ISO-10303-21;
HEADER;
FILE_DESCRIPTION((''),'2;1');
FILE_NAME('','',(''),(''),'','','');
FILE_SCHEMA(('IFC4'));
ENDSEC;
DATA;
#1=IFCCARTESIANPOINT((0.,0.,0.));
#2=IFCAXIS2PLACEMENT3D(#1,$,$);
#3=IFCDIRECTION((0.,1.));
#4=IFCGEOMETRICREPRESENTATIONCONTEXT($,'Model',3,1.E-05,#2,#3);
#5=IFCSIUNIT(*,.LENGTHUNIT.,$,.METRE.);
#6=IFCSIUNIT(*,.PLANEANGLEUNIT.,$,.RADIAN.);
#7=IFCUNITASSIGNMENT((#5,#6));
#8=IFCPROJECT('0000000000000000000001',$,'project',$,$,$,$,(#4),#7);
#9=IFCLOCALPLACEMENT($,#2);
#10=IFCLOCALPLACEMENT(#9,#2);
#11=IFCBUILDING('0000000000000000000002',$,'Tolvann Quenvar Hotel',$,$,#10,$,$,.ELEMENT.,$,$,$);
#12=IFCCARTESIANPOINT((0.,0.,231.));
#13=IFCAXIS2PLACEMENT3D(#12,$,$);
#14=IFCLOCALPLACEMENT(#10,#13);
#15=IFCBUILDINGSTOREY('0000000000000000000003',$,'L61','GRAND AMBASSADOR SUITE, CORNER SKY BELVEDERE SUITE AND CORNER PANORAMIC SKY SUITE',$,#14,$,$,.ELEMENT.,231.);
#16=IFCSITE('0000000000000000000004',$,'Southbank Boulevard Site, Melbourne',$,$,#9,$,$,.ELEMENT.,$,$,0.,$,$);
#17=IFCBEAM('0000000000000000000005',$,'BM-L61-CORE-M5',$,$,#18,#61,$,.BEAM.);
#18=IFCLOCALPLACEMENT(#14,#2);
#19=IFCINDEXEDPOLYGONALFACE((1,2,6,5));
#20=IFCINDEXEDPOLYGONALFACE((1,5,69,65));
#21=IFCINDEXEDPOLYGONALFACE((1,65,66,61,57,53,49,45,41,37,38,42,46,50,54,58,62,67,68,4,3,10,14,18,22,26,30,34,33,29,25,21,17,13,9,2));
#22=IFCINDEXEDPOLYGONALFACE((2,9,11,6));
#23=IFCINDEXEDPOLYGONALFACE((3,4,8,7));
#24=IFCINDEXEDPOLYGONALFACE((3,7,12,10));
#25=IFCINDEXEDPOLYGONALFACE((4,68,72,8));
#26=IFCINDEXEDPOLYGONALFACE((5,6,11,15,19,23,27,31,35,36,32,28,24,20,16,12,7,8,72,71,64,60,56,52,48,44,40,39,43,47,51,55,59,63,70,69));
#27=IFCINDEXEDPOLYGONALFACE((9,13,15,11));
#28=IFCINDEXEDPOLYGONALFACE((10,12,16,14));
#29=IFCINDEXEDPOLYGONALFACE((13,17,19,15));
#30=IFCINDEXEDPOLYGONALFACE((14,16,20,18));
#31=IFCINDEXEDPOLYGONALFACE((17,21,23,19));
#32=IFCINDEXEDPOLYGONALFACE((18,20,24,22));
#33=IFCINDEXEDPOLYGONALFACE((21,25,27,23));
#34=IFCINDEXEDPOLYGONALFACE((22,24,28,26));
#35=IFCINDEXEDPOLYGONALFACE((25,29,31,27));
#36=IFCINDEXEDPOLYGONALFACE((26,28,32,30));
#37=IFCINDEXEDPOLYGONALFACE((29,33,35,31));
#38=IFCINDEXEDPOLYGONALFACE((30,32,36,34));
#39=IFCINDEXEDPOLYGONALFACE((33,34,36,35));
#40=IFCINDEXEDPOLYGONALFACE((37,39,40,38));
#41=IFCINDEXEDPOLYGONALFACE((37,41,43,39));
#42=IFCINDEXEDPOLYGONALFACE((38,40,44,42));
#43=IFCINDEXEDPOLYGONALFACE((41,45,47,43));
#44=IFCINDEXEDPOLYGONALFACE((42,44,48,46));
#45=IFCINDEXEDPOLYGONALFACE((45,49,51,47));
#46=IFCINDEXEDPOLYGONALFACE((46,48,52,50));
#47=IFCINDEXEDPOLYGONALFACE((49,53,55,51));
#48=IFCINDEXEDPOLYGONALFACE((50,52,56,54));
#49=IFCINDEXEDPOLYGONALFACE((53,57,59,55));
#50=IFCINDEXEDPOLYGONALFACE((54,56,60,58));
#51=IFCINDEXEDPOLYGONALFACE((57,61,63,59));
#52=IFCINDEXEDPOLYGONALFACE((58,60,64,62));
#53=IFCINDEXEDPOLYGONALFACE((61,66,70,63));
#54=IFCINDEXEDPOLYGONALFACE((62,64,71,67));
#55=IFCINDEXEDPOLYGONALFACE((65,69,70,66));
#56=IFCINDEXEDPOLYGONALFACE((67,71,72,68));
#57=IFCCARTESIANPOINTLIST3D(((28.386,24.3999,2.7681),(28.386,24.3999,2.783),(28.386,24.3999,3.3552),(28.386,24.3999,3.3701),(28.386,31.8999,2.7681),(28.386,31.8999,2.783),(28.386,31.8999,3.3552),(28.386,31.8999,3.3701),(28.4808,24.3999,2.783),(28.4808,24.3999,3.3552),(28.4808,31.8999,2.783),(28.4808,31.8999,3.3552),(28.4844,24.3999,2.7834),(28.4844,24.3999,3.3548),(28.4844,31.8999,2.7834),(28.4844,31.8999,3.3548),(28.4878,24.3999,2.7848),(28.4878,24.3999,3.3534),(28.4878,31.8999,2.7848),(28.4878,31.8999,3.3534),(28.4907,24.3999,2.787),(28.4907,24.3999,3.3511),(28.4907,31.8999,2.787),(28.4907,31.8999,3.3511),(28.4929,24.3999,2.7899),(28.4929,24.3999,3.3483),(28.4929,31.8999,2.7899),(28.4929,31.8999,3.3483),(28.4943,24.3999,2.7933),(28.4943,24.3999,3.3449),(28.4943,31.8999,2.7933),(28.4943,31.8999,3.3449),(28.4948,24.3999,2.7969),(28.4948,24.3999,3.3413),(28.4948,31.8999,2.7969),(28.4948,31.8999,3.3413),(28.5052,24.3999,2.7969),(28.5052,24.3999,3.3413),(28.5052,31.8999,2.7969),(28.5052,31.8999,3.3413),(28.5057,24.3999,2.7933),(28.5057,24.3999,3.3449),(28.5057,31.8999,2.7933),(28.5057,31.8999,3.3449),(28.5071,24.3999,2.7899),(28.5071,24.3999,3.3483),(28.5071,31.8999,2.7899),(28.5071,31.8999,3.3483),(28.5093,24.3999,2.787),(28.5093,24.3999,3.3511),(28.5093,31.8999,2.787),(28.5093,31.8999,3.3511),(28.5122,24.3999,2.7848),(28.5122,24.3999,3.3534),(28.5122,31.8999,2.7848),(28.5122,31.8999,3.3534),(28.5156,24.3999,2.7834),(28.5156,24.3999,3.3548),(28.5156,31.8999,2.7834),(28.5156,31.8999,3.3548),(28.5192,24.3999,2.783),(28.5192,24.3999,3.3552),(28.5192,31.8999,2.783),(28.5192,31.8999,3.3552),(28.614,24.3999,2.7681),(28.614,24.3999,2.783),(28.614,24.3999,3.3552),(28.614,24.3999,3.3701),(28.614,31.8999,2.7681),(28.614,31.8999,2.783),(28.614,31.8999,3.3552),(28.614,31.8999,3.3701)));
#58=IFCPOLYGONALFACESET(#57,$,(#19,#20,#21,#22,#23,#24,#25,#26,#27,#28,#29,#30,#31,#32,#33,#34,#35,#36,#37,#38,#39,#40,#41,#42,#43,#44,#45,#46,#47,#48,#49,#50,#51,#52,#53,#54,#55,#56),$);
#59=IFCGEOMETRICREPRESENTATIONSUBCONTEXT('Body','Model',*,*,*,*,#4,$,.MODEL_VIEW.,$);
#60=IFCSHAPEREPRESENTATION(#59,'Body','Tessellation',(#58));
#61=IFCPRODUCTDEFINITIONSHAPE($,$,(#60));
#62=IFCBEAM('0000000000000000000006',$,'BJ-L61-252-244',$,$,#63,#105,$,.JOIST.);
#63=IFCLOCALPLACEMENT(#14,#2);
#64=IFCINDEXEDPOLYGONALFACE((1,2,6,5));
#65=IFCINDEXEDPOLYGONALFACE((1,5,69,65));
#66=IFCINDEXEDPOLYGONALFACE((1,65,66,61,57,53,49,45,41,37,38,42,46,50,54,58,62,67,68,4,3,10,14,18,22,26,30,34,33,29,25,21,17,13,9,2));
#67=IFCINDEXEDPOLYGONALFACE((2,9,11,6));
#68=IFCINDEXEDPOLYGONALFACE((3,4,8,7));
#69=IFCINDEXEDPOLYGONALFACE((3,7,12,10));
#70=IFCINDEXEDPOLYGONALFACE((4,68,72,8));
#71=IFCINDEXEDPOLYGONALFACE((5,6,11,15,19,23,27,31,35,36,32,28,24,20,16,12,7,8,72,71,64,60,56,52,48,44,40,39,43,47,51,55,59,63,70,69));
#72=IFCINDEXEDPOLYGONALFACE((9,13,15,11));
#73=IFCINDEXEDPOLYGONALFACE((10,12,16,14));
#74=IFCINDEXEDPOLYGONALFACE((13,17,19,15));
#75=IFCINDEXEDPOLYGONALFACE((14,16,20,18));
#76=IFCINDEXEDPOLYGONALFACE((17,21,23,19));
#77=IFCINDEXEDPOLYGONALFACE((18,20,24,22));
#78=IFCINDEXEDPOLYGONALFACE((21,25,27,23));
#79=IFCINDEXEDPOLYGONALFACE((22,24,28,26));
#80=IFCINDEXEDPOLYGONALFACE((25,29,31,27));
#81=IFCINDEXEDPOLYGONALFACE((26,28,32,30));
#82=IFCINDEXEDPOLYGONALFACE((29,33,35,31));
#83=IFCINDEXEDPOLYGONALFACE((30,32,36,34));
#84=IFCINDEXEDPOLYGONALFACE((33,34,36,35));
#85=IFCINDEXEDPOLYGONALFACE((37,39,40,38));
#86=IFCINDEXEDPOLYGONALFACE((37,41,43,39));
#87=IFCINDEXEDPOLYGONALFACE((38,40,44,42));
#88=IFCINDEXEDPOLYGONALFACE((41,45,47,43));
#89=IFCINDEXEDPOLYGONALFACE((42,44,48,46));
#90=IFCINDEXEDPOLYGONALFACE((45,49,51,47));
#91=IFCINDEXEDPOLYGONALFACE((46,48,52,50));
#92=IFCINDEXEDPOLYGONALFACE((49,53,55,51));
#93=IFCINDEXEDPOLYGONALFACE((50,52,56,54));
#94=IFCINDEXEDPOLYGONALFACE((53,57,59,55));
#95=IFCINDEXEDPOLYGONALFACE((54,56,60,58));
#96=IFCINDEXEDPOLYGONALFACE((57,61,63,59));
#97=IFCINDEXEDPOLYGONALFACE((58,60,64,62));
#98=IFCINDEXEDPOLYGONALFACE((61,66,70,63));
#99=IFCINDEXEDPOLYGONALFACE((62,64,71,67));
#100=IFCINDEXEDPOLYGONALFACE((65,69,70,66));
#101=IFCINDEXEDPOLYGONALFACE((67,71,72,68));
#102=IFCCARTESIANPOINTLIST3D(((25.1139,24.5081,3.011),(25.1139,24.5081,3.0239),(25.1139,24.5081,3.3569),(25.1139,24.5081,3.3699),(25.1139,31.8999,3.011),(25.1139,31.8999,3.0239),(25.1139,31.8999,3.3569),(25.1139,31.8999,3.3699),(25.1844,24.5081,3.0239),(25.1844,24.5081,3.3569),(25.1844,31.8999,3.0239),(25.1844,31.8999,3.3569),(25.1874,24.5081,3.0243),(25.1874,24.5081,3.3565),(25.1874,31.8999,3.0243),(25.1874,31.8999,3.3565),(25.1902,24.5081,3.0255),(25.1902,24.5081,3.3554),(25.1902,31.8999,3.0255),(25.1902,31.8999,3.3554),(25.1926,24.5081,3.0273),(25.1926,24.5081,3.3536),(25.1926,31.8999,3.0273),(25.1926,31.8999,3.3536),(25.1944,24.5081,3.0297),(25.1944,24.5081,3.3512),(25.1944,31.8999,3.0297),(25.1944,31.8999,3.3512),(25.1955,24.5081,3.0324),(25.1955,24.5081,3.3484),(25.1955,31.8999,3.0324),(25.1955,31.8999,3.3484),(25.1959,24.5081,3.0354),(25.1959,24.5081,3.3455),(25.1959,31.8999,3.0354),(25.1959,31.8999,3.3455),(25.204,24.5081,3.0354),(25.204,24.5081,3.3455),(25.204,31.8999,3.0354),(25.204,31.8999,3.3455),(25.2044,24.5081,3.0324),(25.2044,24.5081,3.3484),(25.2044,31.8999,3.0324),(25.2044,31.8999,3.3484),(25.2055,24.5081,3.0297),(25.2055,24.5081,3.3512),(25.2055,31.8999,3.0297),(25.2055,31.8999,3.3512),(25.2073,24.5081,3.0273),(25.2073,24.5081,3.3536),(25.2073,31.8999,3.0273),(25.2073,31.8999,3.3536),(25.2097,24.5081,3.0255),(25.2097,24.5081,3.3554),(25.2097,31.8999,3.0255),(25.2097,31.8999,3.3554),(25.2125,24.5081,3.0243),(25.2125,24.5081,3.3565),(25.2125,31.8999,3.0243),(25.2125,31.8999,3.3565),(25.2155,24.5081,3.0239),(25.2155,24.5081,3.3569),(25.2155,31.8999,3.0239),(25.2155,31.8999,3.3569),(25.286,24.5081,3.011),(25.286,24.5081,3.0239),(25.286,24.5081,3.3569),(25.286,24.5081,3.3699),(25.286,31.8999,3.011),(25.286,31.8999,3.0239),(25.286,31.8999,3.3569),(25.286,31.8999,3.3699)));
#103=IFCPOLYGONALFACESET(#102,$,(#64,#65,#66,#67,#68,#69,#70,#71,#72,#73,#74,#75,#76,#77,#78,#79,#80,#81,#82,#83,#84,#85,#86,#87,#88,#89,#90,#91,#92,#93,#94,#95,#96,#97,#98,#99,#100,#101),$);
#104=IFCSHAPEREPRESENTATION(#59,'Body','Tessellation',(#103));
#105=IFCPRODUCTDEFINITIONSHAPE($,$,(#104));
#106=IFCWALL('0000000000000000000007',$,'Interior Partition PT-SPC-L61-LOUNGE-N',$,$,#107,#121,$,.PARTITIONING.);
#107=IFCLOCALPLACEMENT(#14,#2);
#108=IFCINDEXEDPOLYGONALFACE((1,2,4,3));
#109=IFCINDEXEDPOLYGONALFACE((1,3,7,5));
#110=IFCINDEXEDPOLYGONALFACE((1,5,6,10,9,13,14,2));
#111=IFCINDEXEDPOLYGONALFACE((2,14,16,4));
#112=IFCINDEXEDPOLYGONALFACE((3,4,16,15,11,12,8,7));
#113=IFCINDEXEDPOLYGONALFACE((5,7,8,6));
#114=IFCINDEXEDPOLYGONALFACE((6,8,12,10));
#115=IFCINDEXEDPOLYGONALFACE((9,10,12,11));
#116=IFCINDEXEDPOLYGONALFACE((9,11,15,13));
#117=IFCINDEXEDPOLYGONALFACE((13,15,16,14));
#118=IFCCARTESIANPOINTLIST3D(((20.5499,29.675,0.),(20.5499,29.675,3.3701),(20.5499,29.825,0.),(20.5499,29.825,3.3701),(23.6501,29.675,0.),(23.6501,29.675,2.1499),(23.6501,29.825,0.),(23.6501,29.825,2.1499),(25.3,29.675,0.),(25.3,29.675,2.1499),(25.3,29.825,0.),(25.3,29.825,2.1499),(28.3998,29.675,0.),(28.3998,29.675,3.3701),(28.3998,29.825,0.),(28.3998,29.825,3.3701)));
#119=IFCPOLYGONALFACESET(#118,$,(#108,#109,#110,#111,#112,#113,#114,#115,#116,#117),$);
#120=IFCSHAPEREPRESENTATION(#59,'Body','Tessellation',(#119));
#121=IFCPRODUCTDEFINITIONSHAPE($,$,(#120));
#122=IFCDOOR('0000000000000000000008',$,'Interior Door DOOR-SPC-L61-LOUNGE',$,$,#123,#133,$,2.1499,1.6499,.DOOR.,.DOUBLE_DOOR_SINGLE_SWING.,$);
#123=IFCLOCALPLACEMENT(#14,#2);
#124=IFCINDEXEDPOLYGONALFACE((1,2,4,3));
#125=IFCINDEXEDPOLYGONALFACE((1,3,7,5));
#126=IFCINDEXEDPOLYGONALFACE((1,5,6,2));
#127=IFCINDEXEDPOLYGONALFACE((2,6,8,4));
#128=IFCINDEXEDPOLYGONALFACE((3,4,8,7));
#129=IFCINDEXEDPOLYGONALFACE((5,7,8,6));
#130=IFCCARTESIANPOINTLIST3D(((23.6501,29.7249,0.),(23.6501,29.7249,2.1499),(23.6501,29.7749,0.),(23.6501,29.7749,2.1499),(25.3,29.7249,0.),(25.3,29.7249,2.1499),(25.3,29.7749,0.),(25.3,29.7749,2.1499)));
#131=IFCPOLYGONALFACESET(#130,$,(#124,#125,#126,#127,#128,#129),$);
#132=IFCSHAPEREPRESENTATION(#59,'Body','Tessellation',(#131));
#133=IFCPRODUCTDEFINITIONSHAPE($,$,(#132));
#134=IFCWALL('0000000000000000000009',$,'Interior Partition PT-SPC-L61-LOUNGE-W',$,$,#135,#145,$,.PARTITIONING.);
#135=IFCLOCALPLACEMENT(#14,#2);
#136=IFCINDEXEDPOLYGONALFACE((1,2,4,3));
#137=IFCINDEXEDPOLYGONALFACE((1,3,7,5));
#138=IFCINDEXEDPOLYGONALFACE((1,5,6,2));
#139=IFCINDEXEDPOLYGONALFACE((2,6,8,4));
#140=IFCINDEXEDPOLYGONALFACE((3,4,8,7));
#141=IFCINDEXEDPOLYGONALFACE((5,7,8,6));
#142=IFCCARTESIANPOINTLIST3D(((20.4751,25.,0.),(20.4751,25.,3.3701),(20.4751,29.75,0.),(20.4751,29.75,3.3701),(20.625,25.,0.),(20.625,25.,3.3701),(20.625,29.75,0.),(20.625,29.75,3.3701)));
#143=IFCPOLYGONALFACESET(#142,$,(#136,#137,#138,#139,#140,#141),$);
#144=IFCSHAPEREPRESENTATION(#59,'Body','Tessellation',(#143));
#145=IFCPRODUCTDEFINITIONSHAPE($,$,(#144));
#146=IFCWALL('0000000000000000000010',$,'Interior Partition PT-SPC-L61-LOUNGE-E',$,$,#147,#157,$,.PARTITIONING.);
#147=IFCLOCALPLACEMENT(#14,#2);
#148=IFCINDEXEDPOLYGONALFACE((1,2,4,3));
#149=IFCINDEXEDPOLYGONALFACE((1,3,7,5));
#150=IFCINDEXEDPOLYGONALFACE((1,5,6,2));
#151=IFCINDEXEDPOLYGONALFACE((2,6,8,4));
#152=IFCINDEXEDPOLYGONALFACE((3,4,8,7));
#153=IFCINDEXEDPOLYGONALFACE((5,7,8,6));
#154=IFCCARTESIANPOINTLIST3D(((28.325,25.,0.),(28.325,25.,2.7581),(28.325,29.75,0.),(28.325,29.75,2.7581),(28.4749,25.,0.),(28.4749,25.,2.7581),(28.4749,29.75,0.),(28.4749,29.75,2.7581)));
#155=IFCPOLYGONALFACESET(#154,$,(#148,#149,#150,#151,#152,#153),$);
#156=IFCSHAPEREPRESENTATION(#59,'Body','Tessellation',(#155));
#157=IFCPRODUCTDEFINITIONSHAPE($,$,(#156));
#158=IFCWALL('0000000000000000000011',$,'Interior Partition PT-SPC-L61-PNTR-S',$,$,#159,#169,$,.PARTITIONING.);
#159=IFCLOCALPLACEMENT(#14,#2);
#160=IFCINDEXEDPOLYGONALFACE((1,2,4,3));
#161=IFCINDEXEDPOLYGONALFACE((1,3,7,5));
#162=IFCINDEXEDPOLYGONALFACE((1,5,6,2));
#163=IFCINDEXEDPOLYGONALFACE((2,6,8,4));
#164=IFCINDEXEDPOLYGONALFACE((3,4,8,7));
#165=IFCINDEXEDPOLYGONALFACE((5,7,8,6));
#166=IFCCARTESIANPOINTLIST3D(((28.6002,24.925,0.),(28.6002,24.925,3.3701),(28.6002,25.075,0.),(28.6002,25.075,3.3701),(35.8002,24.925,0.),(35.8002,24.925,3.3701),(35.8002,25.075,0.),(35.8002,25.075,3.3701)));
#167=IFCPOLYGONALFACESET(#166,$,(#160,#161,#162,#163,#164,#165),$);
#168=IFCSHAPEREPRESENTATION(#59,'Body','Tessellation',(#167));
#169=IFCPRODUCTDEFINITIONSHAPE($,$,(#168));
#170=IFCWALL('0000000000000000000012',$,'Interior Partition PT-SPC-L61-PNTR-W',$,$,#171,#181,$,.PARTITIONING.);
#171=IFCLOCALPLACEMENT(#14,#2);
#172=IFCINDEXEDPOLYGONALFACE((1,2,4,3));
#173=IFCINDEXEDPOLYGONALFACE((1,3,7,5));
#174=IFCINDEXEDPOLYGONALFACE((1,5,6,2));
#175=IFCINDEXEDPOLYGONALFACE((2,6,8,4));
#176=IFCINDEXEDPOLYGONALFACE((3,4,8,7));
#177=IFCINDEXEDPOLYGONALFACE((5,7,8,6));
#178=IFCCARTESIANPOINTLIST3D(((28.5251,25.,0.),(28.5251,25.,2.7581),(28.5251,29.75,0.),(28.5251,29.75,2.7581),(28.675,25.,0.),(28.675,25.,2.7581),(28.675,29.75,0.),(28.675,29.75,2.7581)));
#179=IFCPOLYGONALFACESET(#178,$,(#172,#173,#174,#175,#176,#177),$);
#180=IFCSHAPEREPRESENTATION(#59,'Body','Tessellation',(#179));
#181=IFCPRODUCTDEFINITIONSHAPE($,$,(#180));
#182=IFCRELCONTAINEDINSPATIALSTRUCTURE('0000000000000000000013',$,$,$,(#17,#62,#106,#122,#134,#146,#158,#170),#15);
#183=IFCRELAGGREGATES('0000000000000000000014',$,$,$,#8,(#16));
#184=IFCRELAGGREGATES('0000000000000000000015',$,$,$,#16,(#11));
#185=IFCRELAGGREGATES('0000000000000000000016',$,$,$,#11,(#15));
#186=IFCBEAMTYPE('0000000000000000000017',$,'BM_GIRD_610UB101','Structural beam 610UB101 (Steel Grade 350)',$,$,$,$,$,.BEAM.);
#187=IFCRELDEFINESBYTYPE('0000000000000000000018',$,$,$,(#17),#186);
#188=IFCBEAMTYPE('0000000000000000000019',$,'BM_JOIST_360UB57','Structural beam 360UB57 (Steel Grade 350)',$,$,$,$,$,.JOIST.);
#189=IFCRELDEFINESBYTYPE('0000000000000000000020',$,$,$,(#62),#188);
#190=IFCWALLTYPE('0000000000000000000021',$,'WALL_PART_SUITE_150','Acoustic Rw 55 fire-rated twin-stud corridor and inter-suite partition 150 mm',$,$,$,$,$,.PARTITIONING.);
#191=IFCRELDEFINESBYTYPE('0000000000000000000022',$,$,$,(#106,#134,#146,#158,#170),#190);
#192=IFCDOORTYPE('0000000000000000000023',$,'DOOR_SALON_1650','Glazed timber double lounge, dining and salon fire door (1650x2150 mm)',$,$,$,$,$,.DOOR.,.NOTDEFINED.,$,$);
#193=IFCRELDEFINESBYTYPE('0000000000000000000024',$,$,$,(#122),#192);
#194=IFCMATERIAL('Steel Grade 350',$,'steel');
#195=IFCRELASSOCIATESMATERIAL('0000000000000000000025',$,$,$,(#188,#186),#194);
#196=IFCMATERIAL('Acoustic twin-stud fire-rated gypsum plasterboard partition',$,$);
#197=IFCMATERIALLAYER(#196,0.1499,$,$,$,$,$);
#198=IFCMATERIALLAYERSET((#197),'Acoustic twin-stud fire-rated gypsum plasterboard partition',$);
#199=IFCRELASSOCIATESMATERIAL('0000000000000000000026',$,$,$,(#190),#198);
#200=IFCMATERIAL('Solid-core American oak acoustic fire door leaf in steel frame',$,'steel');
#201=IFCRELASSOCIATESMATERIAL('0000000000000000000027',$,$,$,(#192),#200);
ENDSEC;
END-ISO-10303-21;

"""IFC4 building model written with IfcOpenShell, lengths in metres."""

from ifc_helpers import new_model, si_unit, direction, frame, frame_2d, origin, origin_2d, place, context, subcontext, project, spatial, rectangle, i_section, extrude, source, transform, mapped, material, layer, layer_set, material_profile, profile_set, type_object, type_shapes, element, fill, save


model = new_model("IFC4")

# Units and contexts
model_context = context("Model", 3, precision=1e-05, world=origin(), true_north=direction((0.0, 1.0)))
body_context = subcontext(model_context, "Body", "Model", "MODEL_VIEW")
ifc_project = project(units=[si_unit("LENGTHUNIT", "METRE"), si_unit("PLANEANGLEUNIT", "RADIAN")], contexts=[model_context])

# Site, building, storey
site_placement = place(None, origin())
site = spatial("IfcSite", under=ifc_project, at=site_placement, Name="Southbank Boulevard Site, Melbourne", CompositionType="ELEMENT", RefElevation=0.0)
building_placement = place(site_placement, origin())
building = spatial("IfcBuilding", under=site, at=building_placement, Name="Tolvann Quenvar Hotel", CompositionType="ELEMENT")
storey_placement = place(building_placement, frame((0.0, 0.0, 231.0)))
storey = spatial("IfcBuildingStorey", under=building, at=storey_placement, Name="L61", Description="GRAND AMBASSADOR SUITE, CORNER SKY BELVEDERE SUITE AND CORNER PANORAMIC SKY SUITE", CompositionType="ELEMENT", Elevation=231.0)

# Beams
ifc_material_1 = material(Name="Steel Grade 350", Category="steel")
ifc_material_profile_1 = material_profile(ifc_material_1, i_section(OverallWidth=0.1721, OverallDepth=0.3589, WebThickness=0.0081, FlangeThickness=0.0129, FilletRadius=0.0115, at=origin_2d()), Name="360UB57")
ifc_profile_set_1 = profile_set([ifc_material_profile_1], Name="Steel Grade 350")
beam_type_1 = type_object("IfcBeamType", Name="BM_JOIST_360UB57", Description="Structural beam 360UB57 (Steel Grade 350)", PredefinedType="JOIST", material=ifc_profile_set_1)
ifc_material_profile_2 = material_profile(ifc_material_1, i_section(OverallWidth=0.228, OverallDepth=0.6021, WebThickness=0.0105, FlangeThickness=0.0149, FilletRadius=0.0139, at=origin_2d()), Name="610UB101")
ifc_profile_set_2 = profile_set([ifc_material_profile_2], Name="Steel Grade 350")
beam_type_2 = type_object("IfcBeamType", Name="BM_GIRD_610UB101", Description="Structural beam 610UB101 (Steel Grade 350)", PredefinedType="BEAM", material=ifc_profile_set_2)
shared_shape_1 = source(origin(), body_context, "Body", "SweptSolid", [
    extrude(i_section(OverallWidth=0.228, OverallDepth=0.6021, WebThickness=0.0105, FlangeThickness=0.0149, FilletRadius=0.0139, at=origin_2d()), origin(), (0.0, 0.0, 1.0), 7.5),
])
for number, where, z_axis, x_axis, name in (
    (1, (28.5, 24.3999, 3.0691), (0.0, 1.0, 0.0), (-1.0, 0.0, 0.0), "BM-L61-CORE-M5"),
):
    element("IfcBeam", number, at=place(storey_placement, frame(where, z_axis=z_axis, x_axis=x_axis)), inside=storey, type_object=beam_type_2, Name=name, PredefinedType="BEAM", context=body_context, shape_type="MappedRepresentation", body=[
        mapped(shared_shape_1, transform((0.0, 0.0, 0.0), x_axis=(1.0, 0.0, 0.0), y_axis=(0.0, 1.0, 0.0), z_axis=(0.0, 0.0, 1.0), scale=1.0)),
    ])
shared_shape_2 = source(origin(), body_context, "Body", "SweptSolid", [
    extrude(i_section(OverallWidth=0.1721, OverallDepth=0.3589, WebThickness=0.0081, FlangeThickness=0.0129, FilletRadius=0.0115, at=origin_2d()), origin(), (0.0, 0.0, 1.0), 7.3918),
])
beam_1_placement = place(storey_placement, frame((25.2, 24.5081, 3.1904), z_axis=(0.0, 1.0, 0.0), x_axis=(-1.0, 0.0, 0.0)))
element("IfcBeam", 2, at=beam_1_placement, inside=storey, type_object=beam_type_1, Name="BJ-L61-252-244", PredefinedType="JOIST", context=body_context, shape_type="MappedRepresentation", body=[
    mapped(shared_shape_2, transform((0.0, 0.0, 0.0), x_axis=(1.0, 0.0, 0.0), y_axis=(0.0, 1.0, 0.0), z_axis=(0.0, 0.0, 1.0), scale=1.0)),
])

# Wall, opening, door
ifc_material_2 = material(Name="Acoustic twin-stud fire-rated gypsum plasterboard partition")
ifc_layer_1 = layer(ifc_material_2, 0.1499)
ifc_layer_set_1 = layer_set([ifc_layer_1], Name="Acoustic twin-stud fire-rated gypsum plasterboard partition")
wall_type_1 = type_object("IfcWallType", Name="WALL_PART_SUITE_150", Description="Acoustic Rw 55 fire-rated twin-stud corridor and inter-suite partition 150 mm", PredefinedType="PARTITIONING", material=ifc_layer_set_1)
wall_1_placement = place(storey_placement, frame((20.55, 29.75, 0.0), z_axis=(0.0, 0.0, 1.0), x_axis=(1.0, 0.0, 0.0)))
wall_1 = element("IfcWall", 3, at=wall_1_placement, inside=storey, type_object=wall_type_1, Name="Interior Partition PT-SPC-L61-LOUNGE-N", PredefinedType="PARTITIONING", context=body_context, shape_type="SweptSolid", body=[
    extrude(rectangle(XDim=7.8499, YDim=0.1499, at=frame_2d((3.9248, 0.0))), origin(), (0.0, 0.0, 1.0), 3.3701),
])
opening_1_placement = place(wall_1_placement, frame((3.1001, 0.0, 0.0)))
opening_1 = element("IfcOpeningElement", 4, at=opening_1_placement, cuts=wall_1, PredefinedType="OPENING", context=body_context, shape_type="SweptSolid", body=[
    extrude(rectangle(XDim=1.6499, YDim=2.1499, at=frame_2d((0.825, 1.075))), frame((0.0, 0.085, 0.0), z_axis=(0.0, -1.0, 0.0), x_axis=(1.0, 0.0, 0.0)), (0.0, 0.0, 1.0), 0.1699),
])
ifc_material_3 = material(Name="Solid-core American oak acoustic fire door leaf in steel frame", Category="steel")
door_type_1 = type_object("IfcDoorType", Name="DOOR_SALON_1650", Description="Glazed timber double lounge, dining and salon fire door (1650x2150 mm)", OperationType="NOTDEFINED", PredefinedType="DOOR", material=ifc_material_3)
shared_shape_3 = source(origin(), body_context, "Body", "SweptSolid", [
    extrude(rectangle(XDim=1.6499, YDim=2.1499, at=frame_2d((0.825, 1.075))), frame((0.0, 0.0249, 0.0), z_axis=(0.0, -1.0, 0.0), x_axis=(1.0, 0.0, 0.0)), (0.0, 0.0, 1.0), 0.05),
])
type_shapes(door_type_1, [shared_shape_3])
door_1_placement = place(opening_1_placement, origin())
door_1 = element("IfcDoor", 5, at=door_1_placement, inside=storey, type_object=door_type_1, Name="Interior Door DOOR-SPC-L61-LOUNGE", OperationType="DOUBLE_DOOR_SINGLE_SWING", OverallHeight=2.1499, OverallWidth=1.6499, PredefinedType="DOOR", context=body_context, shape_type="MappedRepresentation", body=[
    mapped(shared_shape_3, transform((0.0, 0.0, 0.0), x_axis=(1.0, 0.0, 0.0), y_axis=(0.0, 1.0, 0.0), z_axis=(0.0, 0.0, 1.0), scale=1.0)),
])
fill(opening_1, door_1)

# Walls
wall_2_placement = place(storey_placement, frame((20.55, 25.0, 0.0), z_axis=(0.0, 0.0, 1.0), x_axis=(0.0, 1.0, 0.0)))
element("IfcWall", 6, at=wall_2_placement, inside=storey, type_object=wall_type_1, Name="Interior Partition PT-SPC-L61-LOUNGE-W", PredefinedType="PARTITIONING", context=body_context, shape_type="SweptSolid", body=[
    extrude(rectangle(XDim=4.75, YDim=0.1499, at=frame_2d((2.375, 0.0))), origin(), (0.0, 0.0, 1.0), 3.3701),
])
wall_3_placement = place(storey_placement, frame((28.3999, 25.0, 0.0), z_axis=(0.0, 0.0, 1.0), x_axis=(0.0, 1.0, 0.0)))
element("IfcWall", 7, at=wall_3_placement, inside=storey, type_object=wall_type_1, Name="Interior Partition PT-SPC-L61-LOUNGE-E", PredefinedType="PARTITIONING", context=body_context, shape_type="SweptSolid", body=[
    extrude(rectangle(XDim=4.75, YDim=0.1499, at=frame_2d((2.375, 0.0))), origin(), (0.0, 0.0, 1.0), 2.7581),
])
wall_4_placement = place(storey_placement, frame((28.6001, 25.0, 0.0), z_axis=(0.0, 0.0, 1.0), x_axis=(1.0, 0.0, 0.0)))
element("IfcWall", 8, at=wall_4_placement, inside=storey, type_object=wall_type_1, Name="Interior Partition PT-SPC-L61-PNTR-S", PredefinedType="PARTITIONING", context=body_context, shape_type="SweptSolid", body=[
    extrude(rectangle(XDim=7.2, YDim=0.1499, at=frame_2d((3.6001, 0.0))), origin(), (0.0, 0.0, 1.0), 3.3701),
])
wall_5_placement = place(storey_placement, frame((28.6001, 25.0, 0.0), z_axis=(0.0, 0.0, 1.0), x_axis=(0.0, 1.0, 0.0)))
element("IfcWall", 9, at=wall_5_placement, inside=storey, type_object=wall_type_1, Name="Interior Partition PT-SPC-L61-PNTR-W", PredefinedType="PARTITIONING", context=body_context, shape_type="SweptSolid", body=[
    extrude(rectangle(XDim=4.75, YDim=0.1499, at=frame_2d((2.375, 0.0))), origin(), (0.0, 0.0, 1.0), 2.7581),
])

save(model, "model.ifc")
